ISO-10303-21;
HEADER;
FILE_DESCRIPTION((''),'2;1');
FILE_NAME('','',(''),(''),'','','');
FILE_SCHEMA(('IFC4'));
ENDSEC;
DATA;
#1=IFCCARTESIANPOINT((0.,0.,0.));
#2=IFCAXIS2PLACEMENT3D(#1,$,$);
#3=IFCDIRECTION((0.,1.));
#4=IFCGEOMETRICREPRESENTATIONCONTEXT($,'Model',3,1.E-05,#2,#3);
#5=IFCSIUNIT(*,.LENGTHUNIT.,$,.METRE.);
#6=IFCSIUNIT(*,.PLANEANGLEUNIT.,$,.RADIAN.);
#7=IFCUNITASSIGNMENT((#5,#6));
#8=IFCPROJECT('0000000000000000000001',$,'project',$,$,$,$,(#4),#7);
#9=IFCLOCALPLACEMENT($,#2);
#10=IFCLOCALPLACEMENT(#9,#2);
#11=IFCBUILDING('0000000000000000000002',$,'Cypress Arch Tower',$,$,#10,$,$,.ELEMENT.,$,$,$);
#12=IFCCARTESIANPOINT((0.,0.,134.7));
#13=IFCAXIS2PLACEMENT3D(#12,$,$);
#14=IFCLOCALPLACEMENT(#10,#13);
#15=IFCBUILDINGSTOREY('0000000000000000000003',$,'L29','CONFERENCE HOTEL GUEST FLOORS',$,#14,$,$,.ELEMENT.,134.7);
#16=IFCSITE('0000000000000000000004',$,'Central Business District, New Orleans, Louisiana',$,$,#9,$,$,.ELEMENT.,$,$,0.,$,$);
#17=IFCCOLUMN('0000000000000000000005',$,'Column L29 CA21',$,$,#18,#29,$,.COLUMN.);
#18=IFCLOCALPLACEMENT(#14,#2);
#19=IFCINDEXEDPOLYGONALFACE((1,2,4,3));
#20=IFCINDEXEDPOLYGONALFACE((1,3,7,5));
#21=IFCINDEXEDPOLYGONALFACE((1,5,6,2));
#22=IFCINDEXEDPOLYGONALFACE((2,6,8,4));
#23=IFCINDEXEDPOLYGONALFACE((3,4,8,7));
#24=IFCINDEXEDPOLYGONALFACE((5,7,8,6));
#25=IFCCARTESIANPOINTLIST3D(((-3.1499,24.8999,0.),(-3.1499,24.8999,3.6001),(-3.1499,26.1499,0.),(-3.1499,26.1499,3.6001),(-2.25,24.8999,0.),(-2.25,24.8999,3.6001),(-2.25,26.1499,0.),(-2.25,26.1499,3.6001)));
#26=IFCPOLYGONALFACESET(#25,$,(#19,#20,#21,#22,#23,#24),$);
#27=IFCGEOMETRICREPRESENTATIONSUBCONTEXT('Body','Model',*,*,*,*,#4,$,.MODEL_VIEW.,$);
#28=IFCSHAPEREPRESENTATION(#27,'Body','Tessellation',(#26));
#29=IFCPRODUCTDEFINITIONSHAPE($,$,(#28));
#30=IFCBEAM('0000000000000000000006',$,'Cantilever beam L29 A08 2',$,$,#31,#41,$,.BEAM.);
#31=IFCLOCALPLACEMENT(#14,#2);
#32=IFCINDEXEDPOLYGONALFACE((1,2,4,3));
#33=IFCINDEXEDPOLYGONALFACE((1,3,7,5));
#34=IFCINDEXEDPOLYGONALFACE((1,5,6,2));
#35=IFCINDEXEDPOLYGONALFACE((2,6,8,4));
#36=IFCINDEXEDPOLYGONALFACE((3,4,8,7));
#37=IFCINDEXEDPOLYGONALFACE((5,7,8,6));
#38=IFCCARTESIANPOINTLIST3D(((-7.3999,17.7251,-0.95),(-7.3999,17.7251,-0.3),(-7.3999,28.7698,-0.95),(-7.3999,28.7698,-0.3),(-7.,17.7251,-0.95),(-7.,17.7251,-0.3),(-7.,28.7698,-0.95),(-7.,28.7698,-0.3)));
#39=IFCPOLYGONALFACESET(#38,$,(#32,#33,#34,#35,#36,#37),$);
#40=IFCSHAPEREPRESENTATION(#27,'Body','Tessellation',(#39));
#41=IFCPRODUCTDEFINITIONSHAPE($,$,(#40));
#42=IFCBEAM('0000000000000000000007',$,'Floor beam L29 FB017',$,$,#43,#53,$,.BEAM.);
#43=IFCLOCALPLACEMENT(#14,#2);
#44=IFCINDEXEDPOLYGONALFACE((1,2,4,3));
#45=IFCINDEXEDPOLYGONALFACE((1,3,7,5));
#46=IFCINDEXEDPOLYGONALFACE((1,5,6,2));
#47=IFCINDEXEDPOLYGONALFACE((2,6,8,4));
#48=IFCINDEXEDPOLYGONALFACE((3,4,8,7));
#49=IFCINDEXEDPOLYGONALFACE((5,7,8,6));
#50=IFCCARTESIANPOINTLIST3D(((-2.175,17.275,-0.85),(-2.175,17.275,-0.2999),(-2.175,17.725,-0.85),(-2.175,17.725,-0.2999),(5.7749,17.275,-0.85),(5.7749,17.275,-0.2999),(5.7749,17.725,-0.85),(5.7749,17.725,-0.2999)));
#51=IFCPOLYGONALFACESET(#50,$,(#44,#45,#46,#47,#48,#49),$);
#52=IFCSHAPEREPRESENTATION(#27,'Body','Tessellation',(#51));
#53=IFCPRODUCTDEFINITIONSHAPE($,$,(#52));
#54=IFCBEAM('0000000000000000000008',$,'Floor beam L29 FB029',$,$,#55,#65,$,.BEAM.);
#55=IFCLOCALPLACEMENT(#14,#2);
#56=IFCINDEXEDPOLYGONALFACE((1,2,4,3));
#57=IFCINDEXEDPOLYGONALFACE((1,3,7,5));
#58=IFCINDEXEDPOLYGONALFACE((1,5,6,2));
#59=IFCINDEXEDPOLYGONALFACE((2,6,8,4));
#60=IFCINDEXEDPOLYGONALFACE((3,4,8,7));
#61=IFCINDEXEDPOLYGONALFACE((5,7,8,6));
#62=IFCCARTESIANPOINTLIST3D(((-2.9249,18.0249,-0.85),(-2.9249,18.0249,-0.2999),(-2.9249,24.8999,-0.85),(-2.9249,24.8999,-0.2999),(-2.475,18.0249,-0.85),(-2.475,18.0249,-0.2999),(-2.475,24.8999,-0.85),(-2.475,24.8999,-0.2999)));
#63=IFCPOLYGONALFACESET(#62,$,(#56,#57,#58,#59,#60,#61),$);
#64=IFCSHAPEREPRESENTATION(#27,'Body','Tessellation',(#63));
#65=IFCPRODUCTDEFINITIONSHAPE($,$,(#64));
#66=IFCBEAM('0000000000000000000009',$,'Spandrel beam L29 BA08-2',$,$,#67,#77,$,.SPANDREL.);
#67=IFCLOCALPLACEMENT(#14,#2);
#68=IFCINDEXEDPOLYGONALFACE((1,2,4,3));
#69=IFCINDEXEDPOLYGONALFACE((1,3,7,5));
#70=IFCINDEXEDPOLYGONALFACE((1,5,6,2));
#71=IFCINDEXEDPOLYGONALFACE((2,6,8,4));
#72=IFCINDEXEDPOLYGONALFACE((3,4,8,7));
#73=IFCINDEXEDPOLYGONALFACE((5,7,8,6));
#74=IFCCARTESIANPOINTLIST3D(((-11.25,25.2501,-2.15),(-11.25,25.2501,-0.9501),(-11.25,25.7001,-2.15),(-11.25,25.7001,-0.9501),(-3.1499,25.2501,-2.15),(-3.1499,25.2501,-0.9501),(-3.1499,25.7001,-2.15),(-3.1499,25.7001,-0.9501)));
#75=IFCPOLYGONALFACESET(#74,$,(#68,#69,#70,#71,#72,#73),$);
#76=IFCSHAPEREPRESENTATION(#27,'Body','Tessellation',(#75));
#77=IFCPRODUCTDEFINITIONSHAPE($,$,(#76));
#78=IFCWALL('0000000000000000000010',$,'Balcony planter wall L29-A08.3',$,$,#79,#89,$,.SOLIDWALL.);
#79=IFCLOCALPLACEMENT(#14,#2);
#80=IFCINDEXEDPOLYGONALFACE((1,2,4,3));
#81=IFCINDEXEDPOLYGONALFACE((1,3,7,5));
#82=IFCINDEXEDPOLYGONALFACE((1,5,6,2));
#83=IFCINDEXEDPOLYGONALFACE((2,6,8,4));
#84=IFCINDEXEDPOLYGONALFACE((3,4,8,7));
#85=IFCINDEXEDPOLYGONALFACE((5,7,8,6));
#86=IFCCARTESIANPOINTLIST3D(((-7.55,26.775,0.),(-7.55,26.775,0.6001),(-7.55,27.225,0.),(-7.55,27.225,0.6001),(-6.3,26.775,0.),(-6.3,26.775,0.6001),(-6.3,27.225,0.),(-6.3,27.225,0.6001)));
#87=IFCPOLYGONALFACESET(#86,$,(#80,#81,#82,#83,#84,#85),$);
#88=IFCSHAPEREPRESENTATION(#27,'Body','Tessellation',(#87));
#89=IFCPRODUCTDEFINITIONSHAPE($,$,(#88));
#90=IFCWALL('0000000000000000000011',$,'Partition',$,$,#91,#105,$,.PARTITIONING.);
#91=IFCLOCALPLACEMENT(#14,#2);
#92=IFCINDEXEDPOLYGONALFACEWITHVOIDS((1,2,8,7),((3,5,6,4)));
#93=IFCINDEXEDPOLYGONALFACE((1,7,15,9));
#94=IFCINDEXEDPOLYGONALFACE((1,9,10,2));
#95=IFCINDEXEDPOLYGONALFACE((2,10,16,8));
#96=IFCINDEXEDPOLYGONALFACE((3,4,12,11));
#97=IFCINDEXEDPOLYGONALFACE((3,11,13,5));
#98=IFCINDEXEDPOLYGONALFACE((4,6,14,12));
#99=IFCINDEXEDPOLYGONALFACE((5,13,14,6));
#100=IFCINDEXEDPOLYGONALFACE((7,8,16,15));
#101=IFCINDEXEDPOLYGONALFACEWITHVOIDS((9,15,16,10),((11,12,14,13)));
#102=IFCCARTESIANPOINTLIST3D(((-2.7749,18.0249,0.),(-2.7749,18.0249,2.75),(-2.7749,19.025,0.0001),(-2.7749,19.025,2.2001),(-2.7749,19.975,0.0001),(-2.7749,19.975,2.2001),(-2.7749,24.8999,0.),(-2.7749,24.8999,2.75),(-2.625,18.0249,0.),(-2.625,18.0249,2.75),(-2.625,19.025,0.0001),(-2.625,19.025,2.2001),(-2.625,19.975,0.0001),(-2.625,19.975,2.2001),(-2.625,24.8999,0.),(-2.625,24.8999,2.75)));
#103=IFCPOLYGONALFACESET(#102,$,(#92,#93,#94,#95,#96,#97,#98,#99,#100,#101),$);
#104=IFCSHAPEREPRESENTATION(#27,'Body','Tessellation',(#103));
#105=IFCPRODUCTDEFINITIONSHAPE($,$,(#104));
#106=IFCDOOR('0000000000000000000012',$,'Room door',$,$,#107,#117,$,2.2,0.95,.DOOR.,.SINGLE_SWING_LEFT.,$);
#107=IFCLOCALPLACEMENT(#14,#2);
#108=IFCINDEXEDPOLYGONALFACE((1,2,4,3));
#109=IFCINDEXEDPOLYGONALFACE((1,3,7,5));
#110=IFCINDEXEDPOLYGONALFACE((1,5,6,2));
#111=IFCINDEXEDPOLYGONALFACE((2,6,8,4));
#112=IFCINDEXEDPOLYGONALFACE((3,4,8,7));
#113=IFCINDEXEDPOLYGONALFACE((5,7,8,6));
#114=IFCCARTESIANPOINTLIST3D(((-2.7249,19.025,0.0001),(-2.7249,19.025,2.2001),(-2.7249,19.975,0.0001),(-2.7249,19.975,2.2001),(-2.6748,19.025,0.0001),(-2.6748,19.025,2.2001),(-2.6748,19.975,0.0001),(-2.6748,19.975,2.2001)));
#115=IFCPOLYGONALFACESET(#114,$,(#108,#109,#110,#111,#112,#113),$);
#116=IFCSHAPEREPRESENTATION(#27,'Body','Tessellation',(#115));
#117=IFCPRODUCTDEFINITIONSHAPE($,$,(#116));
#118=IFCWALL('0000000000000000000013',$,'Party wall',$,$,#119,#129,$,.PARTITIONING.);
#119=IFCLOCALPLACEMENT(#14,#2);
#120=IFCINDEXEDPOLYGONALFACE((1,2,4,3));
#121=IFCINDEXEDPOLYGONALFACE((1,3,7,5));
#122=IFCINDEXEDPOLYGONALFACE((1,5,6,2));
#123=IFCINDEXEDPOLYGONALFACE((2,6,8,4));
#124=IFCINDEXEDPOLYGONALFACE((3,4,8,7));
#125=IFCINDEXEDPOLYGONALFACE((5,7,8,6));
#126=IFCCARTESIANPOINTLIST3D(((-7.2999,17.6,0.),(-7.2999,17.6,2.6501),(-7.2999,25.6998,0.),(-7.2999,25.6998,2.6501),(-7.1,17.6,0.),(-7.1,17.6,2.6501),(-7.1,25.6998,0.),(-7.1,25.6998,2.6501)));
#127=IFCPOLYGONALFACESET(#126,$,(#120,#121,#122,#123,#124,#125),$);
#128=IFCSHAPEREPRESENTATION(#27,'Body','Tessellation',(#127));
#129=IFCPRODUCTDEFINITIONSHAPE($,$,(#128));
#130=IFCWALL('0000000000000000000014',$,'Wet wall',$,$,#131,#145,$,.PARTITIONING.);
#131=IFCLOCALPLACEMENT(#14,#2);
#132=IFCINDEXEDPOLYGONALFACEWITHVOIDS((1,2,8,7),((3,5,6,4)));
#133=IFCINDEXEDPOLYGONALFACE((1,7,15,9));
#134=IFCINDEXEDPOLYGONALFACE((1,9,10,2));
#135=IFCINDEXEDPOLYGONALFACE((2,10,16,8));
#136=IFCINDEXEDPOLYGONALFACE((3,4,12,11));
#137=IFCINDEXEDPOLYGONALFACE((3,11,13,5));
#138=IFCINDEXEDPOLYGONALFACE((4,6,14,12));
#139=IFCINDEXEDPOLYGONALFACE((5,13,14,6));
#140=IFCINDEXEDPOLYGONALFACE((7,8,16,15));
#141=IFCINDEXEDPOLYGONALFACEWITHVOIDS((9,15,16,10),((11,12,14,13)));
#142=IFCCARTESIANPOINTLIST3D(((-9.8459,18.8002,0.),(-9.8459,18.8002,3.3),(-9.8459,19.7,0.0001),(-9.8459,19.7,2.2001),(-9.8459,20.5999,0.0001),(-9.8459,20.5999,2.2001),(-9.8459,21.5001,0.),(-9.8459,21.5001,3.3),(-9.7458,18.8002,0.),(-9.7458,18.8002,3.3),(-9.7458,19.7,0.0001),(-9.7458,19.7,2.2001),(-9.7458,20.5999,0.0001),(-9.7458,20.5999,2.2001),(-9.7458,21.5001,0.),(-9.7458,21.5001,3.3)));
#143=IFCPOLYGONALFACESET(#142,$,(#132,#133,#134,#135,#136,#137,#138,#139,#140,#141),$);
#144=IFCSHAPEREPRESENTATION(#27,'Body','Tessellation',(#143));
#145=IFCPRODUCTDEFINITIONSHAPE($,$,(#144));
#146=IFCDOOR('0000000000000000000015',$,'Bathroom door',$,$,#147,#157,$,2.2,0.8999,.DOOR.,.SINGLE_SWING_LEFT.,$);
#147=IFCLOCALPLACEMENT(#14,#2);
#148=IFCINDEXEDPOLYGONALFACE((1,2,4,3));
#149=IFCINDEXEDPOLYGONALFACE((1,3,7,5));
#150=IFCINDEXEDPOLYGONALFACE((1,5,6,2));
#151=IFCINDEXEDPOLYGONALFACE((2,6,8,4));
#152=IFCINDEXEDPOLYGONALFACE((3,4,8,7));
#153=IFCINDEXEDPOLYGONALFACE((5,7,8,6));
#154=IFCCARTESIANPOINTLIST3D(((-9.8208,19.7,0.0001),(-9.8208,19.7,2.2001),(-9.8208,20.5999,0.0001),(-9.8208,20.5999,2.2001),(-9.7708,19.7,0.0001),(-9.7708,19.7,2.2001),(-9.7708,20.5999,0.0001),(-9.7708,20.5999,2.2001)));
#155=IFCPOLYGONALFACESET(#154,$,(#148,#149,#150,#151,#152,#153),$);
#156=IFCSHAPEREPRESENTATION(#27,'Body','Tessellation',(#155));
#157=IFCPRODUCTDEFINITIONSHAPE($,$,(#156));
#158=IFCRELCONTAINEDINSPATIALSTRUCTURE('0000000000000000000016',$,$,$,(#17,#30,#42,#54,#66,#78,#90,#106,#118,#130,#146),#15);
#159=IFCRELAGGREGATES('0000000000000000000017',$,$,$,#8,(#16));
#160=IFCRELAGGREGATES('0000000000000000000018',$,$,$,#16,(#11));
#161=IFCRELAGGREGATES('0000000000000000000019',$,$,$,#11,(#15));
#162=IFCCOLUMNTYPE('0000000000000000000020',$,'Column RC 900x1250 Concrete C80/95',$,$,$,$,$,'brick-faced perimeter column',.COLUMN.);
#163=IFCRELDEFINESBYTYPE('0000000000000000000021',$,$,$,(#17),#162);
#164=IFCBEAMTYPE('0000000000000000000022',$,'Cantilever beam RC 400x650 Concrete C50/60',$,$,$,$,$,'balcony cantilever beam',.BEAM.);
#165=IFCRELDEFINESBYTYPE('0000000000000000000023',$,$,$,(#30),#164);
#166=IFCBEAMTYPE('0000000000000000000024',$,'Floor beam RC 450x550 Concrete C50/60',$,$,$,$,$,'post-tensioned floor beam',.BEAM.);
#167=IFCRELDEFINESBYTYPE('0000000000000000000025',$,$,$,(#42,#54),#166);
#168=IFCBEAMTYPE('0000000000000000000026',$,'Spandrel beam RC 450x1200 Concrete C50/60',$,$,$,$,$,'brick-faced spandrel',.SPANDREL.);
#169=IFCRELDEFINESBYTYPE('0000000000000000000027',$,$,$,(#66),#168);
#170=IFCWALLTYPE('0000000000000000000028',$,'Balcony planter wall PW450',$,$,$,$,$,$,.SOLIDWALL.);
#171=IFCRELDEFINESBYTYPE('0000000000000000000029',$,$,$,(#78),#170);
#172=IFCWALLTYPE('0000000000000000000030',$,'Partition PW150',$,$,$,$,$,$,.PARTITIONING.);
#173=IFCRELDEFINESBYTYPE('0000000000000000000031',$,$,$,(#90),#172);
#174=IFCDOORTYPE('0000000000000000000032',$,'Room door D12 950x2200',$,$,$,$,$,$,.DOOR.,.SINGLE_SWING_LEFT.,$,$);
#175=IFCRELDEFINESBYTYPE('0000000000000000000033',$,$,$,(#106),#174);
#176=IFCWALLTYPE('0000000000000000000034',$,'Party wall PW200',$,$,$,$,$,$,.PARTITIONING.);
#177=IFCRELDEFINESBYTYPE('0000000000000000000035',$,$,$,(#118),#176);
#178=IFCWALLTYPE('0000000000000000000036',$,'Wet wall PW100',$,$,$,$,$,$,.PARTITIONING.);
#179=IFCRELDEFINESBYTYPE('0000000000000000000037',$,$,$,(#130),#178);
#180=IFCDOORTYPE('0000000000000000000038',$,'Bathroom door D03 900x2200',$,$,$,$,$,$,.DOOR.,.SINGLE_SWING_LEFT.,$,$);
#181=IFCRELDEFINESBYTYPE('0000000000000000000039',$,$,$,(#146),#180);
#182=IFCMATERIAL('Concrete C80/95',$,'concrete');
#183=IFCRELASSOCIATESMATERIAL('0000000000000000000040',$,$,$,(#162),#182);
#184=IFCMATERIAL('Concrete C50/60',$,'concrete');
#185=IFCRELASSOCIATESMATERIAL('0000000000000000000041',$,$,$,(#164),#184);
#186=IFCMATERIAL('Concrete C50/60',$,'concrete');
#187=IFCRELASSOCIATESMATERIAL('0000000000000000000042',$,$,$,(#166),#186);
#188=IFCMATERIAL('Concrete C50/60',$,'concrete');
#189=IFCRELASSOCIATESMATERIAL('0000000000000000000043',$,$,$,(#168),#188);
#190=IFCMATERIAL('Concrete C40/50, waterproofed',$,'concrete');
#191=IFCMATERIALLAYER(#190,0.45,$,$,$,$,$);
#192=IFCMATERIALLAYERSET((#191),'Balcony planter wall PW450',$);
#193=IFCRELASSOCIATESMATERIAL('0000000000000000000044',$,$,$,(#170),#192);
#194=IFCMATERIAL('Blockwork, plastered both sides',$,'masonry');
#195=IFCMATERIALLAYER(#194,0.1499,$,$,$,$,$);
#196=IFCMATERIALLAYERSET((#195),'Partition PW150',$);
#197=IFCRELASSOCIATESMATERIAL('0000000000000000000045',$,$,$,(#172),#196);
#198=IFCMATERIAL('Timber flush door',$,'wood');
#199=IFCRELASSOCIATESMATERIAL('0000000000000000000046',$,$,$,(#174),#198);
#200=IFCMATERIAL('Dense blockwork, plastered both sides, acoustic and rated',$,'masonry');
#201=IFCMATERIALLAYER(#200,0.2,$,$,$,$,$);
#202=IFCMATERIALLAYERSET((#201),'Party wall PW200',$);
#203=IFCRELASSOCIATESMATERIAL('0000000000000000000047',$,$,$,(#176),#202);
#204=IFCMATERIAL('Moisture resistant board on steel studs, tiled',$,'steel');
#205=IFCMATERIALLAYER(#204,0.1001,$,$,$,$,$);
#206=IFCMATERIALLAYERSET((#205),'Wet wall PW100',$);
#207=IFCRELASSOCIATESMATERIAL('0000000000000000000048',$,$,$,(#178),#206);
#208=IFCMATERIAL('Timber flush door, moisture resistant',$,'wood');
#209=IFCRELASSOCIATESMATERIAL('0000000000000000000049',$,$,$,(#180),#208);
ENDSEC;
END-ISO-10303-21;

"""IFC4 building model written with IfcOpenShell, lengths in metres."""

from ifc_helpers import new_model, si_unit, direction, frame, frame_2d, origin, origin_2d, place, context, subcontext, project, spatial, rectangle, extrude, material, layer, layer_set, material_profile, profile_set, type_object, element, fill, save


model = new_model("IFC4")

# Units and contexts
model_context = context("Model", 3, precision=1e-05, world=origin(), true_north=direction((0.0, 1.0)))
body_context = subcontext(model_context, "Body", "Model", "MODEL_VIEW")
ifc_project = project(units=[si_unit("LENGTHUNIT", "METRE"), si_unit("PLANEANGLEUNIT", "RADIAN")], contexts=[model_context])

# Site, building, storey
site_placement = place(None, origin())
site = spatial("IfcSite", under=ifc_project, at=site_placement, Name="Central Business District, New Orleans, Louisiana", CompositionType="ELEMENT", RefElevation=0.0)
building_placement = place(site_placement, origin())
building = spatial("IfcBuilding", under=site, at=building_placement, Name="Cypress Arch Tower", CompositionType="ELEMENT")
storey_placement = place(building_placement, frame((0.0, 0.0, 134.7)))
storey = spatial("IfcBuildingStorey", under=building, at=storey_placement, Name="L29", Description="CONFERENCE HOTEL GUEST FLOORS", CompositionType="ELEMENT", Elevation=134.7)

# Column
ifc_material_1 = material(Name="Concrete C80/95", Category="concrete")
ifc_material_profile_1 = material_profile(ifc_material_1, rectangle(XDim=0.8999, YDim=1.25, at=origin_2d()), Name="RC 900x1250")
ifc_profile_set_1 = profile_set([ifc_material_profile_1], Name="Concrete C80/95")
column_type = type_object("IfcColumnType", Name="Column RC 900x1250 Concrete C80/95", ElementType="brick-faced perimeter column", PredefinedType="COLUMN", material=ifc_profile_set_1)
column_placement = place(storey_placement, frame((-2.7, 25.5249, 0.0), z_axis=(0.0, 0.0, 1.0), x_axis=(-1.0, 0.0, 0.0)))
element("IfcColumn", 1, at=column_placement, inside=storey, type_object=column_type, Name="Column L29 CA21", PredefinedType="COLUMN", context=body_context, shape_type="SweptSolid", body=[
    extrude(rectangle(XDim=0.8999, YDim=1.25, at=origin_2d()), origin(), (0.0, 0.0, 1.0), 3.6001),
])

# Beams
ifc_material_2 = material(Name="Concrete C50/60", Category="concrete")
ifc_material_profile_2 = material_profile(ifc_material_2, rectangle(XDim=0.3999, YDim=0.6499, at=origin_2d()), Name="RC 400x650")
ifc_profile_set_2 = profile_set([ifc_material_profile_2], Name="Concrete C50/60")
beam_type_1 = type_object("IfcBeamType", Name="Cantilever beam RC 400x650 Concrete C50/60", ElementType="balcony cantilever beam", PredefinedType="BEAM", material=ifc_profile_set_2)
beam_1_placement = place(storey_placement, frame((-7.2, 17.7251, -0.625), z_axis=(0.0, 1.0, 0.0), x_axis=(-1.0, 0.0, 0.0)))
element("IfcBeam", 2, at=beam_1_placement, inside=storey, type_object=beam_type_1, Name="Cantilever beam L29 A08 2", PredefinedType="BEAM", context=body_context, shape_type="SweptSolid", body=[
    extrude(rectangle(XDim=0.3999, YDim=0.6499, at=origin_2d()), origin(), (0.0, 0.0, 1.0), 11.0447),
])
ifc_material_3 = material(Name="Concrete C50/60", Category="concrete")
ifc_material_profile_3 = material_profile(ifc_material_3, rectangle(XDim=0.45, YDim=0.55, at=origin_2d()), Name="RC 450x550")
ifc_profile_set_3 = profile_set([ifc_material_profile_3], Name="Concrete C50/60")
beam_type_2 = type_object("IfcBeamType", Name="Floor beam RC 450x550 Concrete C50/60", ElementType="post-tensioned floor beam", PredefinedType="BEAM", material=ifc_profile_set_3)
beam_2_placement = place(storey_placement, frame((-2.175, 17.5, -0.575), z_axis=(1.0, 0.0, 0.0), x_axis=(0.0, 1.0, 0.0)))
element("IfcBeam", 3, at=beam_2_placement, inside=storey, type_object=beam_type_2, Name="Floor beam L29 FB017", PredefinedType="BEAM", context=body_context, shape_type="SweptSolid", body=[
    extrude(rectangle(XDim=0.45, YDim=0.55, at=origin_2d()), origin(), (0.0, 0.0, 1.0), 7.95),
])
beam_3_placement = place(storey_placement, frame((-2.7, 18.0249, -0.575), z_axis=(0.0, 1.0, 0.0), x_axis=(-1.0, 0.0, 0.0)))
element("IfcBeam", 4, at=beam_3_placement, inside=storey, type_object=beam_type_2, Name="Floor beam L29 FB029", PredefinedType="BEAM", context=body_context, shape_type="SweptSolid", body=[
    extrude(rectangle(XDim=0.45, YDim=0.55, at=origin_2d()), origin(), (0.0, 0.0, 1.0), 6.875),
])
ifc_material_4 = material(Name="Concrete C50/60", Category="concrete")
ifc_material_profile_4 = material_profile(ifc_material_4, rectangle(XDim=0.45, YDim=1.2, at=origin_2d()), Name="RC 450x1200")
ifc_profile_set_4 = profile_set([ifc_material_profile_4], Name="Concrete C50/60")
beam_type_3 = type_object("IfcBeamType", Name="Spandrel beam RC 450x1200 Concrete C50/60", ElementType="brick-faced spandrel", PredefinedType="SPANDREL", material=ifc_profile_set_4)
beam_4_placement = place(storey_placement, frame((-3.1499, 25.4751, -1.55), z_axis=(-1.0, 0.0, 0.0), x_axis=(0.0, -1.0, 0.0)))
element("IfcBeam", 5, at=beam_4_placement, inside=storey, type_object=beam_type_3, Name="Spandrel beam L29 BA08-2", PredefinedType="SPANDREL", context=body_context, shape_type="SweptSolid", body=[
    extrude(rectangle(XDim=0.45, YDim=1.2, at=origin_2d()), origin(), (0.0, 0.0, 1.0), 8.1001),
])

# Wall
ifc_material_5 = material(Name="Concrete C40/50, waterproofed", Category="concrete")
ifc_layer_1 = layer(ifc_material_5, 0.45)
ifc_layer_set_1 = layer_set([ifc_layer_1], Name="Balcony planter wall PW450")
wall_type_1 = type_object("IfcWallType", Name="Balcony planter wall PW450", PredefinedType="SOLIDWALL", material=ifc_layer_set_1)
wall_1_placement = place(storey_placement, frame((-6.3, 27.0, 0.0), z_axis=(0.0, 0.0, 1.0), x_axis=(-1.0, 0.0, 0.0)))
element("IfcWall", 6, at=wall_1_placement, inside=storey, type_object=wall_type_1, Name="Balcony planter wall L29-A08.3", PredefinedType="SOLIDWALL", context=body_context, shape_type="SweptSolid", body=[
    extrude(rectangle(XDim=1.25, YDim=0.45, at=frame_2d((0.625, 0.0))), origin(), (0.0, 0.0, 1.0), 0.6001),
])

# Wall, opening, door
ifc_material_6 = material(Name="Blockwork, plastered both sides", Category="masonry")
ifc_layer_2 = layer(ifc_material_6, 0.1499)
ifc_layer_set_2 = layer_set([ifc_layer_2], Name="Partition PW150")
wall_type_2 = type_object("IfcWallType", Name="Partition PW150", PredefinedType="PARTITIONING", material=ifc_layer_set_2)
wall_2_placement = place(storey_placement, frame((-2.7, 18.0249, 0.0), z_axis=(0.0, 0.0, 1.0), x_axis=(0.0, 1.0, 0.0)))
wall_2 = element("IfcWall", 7, at=wall_2_placement, inside=storey, type_object=wall_type_2, Name="Partition", PredefinedType="PARTITIONING", context=body_context, shape_type="SweptSolid", body=[
    extrude(rectangle(XDim=6.875, YDim=0.1499, at=frame_2d((3.4375, 0.0))), origin(), (0.0, 0.0, 1.0), 2.75),
])
opening_1_placement = place(wall_2_placement, frame((1.0, 0.0, 0.0)))
opening_1 = element("IfcOpeningElement", 8, at=opening_1_placement, cuts=wall_2, PredefinedType="OPENING", context=body_context, shape_type="SweptSolid", body=[
    extrude(rectangle(XDim=0.95, YDim=2.2, at=frame_2d((0.4751, 1.1001))), frame((0.0, 0.085, 0.0), z_axis=(0.0, -1.0, 0.0), x_axis=(1.0, 0.0, 0.0)), (0.0, 0.0, 1.0), 0.1699),
])
ifc_material_7 = material(Name="Timber flush door", Category="wood")
door_type_1 = type_object("IfcDoorType", Name="Room door D12 950x2200", OperationType="SINGLE_SWING_LEFT", PredefinedType="DOOR", material=ifc_material_7)
door_1_placement = place(opening_1_placement, origin())
door_1 = element("IfcDoor", 9, at=door_1_placement, inside=storey, type_object=door_type_1, Name="Room door", OperationType="SINGLE_SWING_LEFT", OverallHeight=2.2, OverallWidth=0.95, PredefinedType="DOOR", context=body_context, shape_type="SweptSolid", body=[
    extrude(rectangle(XDim=0.95, YDim=2.2, at=frame_2d((0.4751, 1.1001))), frame((0.0, 0.0249, 0.0), z_axis=(0.0, -1.0, 0.0), x_axis=(1.0, 0.0, 0.0)), (0.0, 0.0, 1.0), 0.05),
])
fill(opening_1, door_1)

# Wall
ifc_material_8 = material(Name="Dense blockwork, plastered both sides, acoustic and rated", Category="masonry")
ifc_layer_3 = layer(ifc_material_8, 0.2)
ifc_layer_set_3 = layer_set([ifc_layer_3], Name="Party wall PW200")
wall_type_3 = type_object("IfcWallType", Name="Party wall PW200", PredefinedType="PARTITIONING", material=ifc_layer_set_3)
wall_3_placement = place(storey_placement, frame((-7.2, 17.6001, 0.0), z_axis=(0.0, 0.0, 1.0), x_axis=(0.0, 1.0, 0.0)))
element("IfcWall", 10, at=wall_3_placement, inside=storey, type_object=wall_type_3, Name="Party wall", PredefinedType="PARTITIONING", context=body_context, shape_type="SweptSolid", body=[
    extrude(rectangle(XDim=8.0999, YDim=0.2, at=frame_2d((4.0498, 0.0))), origin(), (0.0, 0.0, 1.0), 2.6501),
])

# Wall, opening, door
ifc_material_9 = material(Name="Moisture resistant board on steel studs, tiled", Category="steel")
ifc_layer_4 = layer(ifc_material_9, 0.1001)
ifc_layer_set_4 = layer_set([ifc_layer_4], Name="Wet wall PW100")
wall_type_4 = type_object("IfcWallType", Name="Wet wall PW100", PredefinedType="PARTITIONING", material=ifc_layer_set_4)
wall_4_placement = place(storey_placement, frame((-9.7959, 18.8, 0.0), z_axis=(0.0, 0.0, 1.0), x_axis=(0.0, 1.0, 0.0)))
wall_4 = element("IfcWall", 11, at=wall_4_placement, inside=storey, type_object=wall_type_4, Name="Wet wall", PredefinedType="PARTITIONING", context=body_context, shape_type="SweptSolid", body=[
    extrude(rectangle(XDim=2.7, YDim=0.1001, at=frame_2d((1.3501, 0.0))), origin(), (0.0, 0.0, 1.0), 3.3),
])
opening_2_placement = place(wall_4_placement, frame((0.8999, 0.0, 0.0)))
opening_2 = element("IfcOpeningElement", 12, at=opening_2_placement, cuts=wall_4, PredefinedType="OPENING", context=body_context, shape_type="SweptSolid", body=[
    extrude(rectangle(XDim=0.8999, YDim=2.2, at=frame_2d((0.45, 1.1001))), frame((0.0, 0.0601, 0.0), z_axis=(0.0, -1.0, 0.0), x_axis=(1.0, 0.0, 0.0)), (0.0, 0.0, 1.0), 0.1201),
])
ifc_material_10 = material(Name="Timber flush door, moisture resistant", Category="wood")
door_type_2 = type_object("IfcDoorType", Name="Bathroom door D03 900x2200", OperationType="SINGLE_SWING_LEFT", PredefinedType="DOOR", material=ifc_material_10)
door_2_placement = place(opening_2_placement, origin())
door_2 = element("IfcDoor", 13, at=door_2_placement, inside=storey, type_object=door_type_2, Name="Bathroom door", OperationType="SINGLE_SWING_LEFT", OverallHeight=2.2, OverallWidth=0.8999, PredefinedType="DOOR", context=body_context, shape_type="SweptSolid", body=[
    extrude(rectangle(XDim=0.8999, YDim=2.2, at=frame_2d((0.45, 1.1001))), frame((0.0, 0.0249, 0.0), z_axis=(0.0, -1.0, 0.0), x_axis=(1.0, 0.0, 0.0)), (0.0, 0.0, 1.0), 0.05),
])
fill(opening_2, door_2)

save(model, "model.ifc")
